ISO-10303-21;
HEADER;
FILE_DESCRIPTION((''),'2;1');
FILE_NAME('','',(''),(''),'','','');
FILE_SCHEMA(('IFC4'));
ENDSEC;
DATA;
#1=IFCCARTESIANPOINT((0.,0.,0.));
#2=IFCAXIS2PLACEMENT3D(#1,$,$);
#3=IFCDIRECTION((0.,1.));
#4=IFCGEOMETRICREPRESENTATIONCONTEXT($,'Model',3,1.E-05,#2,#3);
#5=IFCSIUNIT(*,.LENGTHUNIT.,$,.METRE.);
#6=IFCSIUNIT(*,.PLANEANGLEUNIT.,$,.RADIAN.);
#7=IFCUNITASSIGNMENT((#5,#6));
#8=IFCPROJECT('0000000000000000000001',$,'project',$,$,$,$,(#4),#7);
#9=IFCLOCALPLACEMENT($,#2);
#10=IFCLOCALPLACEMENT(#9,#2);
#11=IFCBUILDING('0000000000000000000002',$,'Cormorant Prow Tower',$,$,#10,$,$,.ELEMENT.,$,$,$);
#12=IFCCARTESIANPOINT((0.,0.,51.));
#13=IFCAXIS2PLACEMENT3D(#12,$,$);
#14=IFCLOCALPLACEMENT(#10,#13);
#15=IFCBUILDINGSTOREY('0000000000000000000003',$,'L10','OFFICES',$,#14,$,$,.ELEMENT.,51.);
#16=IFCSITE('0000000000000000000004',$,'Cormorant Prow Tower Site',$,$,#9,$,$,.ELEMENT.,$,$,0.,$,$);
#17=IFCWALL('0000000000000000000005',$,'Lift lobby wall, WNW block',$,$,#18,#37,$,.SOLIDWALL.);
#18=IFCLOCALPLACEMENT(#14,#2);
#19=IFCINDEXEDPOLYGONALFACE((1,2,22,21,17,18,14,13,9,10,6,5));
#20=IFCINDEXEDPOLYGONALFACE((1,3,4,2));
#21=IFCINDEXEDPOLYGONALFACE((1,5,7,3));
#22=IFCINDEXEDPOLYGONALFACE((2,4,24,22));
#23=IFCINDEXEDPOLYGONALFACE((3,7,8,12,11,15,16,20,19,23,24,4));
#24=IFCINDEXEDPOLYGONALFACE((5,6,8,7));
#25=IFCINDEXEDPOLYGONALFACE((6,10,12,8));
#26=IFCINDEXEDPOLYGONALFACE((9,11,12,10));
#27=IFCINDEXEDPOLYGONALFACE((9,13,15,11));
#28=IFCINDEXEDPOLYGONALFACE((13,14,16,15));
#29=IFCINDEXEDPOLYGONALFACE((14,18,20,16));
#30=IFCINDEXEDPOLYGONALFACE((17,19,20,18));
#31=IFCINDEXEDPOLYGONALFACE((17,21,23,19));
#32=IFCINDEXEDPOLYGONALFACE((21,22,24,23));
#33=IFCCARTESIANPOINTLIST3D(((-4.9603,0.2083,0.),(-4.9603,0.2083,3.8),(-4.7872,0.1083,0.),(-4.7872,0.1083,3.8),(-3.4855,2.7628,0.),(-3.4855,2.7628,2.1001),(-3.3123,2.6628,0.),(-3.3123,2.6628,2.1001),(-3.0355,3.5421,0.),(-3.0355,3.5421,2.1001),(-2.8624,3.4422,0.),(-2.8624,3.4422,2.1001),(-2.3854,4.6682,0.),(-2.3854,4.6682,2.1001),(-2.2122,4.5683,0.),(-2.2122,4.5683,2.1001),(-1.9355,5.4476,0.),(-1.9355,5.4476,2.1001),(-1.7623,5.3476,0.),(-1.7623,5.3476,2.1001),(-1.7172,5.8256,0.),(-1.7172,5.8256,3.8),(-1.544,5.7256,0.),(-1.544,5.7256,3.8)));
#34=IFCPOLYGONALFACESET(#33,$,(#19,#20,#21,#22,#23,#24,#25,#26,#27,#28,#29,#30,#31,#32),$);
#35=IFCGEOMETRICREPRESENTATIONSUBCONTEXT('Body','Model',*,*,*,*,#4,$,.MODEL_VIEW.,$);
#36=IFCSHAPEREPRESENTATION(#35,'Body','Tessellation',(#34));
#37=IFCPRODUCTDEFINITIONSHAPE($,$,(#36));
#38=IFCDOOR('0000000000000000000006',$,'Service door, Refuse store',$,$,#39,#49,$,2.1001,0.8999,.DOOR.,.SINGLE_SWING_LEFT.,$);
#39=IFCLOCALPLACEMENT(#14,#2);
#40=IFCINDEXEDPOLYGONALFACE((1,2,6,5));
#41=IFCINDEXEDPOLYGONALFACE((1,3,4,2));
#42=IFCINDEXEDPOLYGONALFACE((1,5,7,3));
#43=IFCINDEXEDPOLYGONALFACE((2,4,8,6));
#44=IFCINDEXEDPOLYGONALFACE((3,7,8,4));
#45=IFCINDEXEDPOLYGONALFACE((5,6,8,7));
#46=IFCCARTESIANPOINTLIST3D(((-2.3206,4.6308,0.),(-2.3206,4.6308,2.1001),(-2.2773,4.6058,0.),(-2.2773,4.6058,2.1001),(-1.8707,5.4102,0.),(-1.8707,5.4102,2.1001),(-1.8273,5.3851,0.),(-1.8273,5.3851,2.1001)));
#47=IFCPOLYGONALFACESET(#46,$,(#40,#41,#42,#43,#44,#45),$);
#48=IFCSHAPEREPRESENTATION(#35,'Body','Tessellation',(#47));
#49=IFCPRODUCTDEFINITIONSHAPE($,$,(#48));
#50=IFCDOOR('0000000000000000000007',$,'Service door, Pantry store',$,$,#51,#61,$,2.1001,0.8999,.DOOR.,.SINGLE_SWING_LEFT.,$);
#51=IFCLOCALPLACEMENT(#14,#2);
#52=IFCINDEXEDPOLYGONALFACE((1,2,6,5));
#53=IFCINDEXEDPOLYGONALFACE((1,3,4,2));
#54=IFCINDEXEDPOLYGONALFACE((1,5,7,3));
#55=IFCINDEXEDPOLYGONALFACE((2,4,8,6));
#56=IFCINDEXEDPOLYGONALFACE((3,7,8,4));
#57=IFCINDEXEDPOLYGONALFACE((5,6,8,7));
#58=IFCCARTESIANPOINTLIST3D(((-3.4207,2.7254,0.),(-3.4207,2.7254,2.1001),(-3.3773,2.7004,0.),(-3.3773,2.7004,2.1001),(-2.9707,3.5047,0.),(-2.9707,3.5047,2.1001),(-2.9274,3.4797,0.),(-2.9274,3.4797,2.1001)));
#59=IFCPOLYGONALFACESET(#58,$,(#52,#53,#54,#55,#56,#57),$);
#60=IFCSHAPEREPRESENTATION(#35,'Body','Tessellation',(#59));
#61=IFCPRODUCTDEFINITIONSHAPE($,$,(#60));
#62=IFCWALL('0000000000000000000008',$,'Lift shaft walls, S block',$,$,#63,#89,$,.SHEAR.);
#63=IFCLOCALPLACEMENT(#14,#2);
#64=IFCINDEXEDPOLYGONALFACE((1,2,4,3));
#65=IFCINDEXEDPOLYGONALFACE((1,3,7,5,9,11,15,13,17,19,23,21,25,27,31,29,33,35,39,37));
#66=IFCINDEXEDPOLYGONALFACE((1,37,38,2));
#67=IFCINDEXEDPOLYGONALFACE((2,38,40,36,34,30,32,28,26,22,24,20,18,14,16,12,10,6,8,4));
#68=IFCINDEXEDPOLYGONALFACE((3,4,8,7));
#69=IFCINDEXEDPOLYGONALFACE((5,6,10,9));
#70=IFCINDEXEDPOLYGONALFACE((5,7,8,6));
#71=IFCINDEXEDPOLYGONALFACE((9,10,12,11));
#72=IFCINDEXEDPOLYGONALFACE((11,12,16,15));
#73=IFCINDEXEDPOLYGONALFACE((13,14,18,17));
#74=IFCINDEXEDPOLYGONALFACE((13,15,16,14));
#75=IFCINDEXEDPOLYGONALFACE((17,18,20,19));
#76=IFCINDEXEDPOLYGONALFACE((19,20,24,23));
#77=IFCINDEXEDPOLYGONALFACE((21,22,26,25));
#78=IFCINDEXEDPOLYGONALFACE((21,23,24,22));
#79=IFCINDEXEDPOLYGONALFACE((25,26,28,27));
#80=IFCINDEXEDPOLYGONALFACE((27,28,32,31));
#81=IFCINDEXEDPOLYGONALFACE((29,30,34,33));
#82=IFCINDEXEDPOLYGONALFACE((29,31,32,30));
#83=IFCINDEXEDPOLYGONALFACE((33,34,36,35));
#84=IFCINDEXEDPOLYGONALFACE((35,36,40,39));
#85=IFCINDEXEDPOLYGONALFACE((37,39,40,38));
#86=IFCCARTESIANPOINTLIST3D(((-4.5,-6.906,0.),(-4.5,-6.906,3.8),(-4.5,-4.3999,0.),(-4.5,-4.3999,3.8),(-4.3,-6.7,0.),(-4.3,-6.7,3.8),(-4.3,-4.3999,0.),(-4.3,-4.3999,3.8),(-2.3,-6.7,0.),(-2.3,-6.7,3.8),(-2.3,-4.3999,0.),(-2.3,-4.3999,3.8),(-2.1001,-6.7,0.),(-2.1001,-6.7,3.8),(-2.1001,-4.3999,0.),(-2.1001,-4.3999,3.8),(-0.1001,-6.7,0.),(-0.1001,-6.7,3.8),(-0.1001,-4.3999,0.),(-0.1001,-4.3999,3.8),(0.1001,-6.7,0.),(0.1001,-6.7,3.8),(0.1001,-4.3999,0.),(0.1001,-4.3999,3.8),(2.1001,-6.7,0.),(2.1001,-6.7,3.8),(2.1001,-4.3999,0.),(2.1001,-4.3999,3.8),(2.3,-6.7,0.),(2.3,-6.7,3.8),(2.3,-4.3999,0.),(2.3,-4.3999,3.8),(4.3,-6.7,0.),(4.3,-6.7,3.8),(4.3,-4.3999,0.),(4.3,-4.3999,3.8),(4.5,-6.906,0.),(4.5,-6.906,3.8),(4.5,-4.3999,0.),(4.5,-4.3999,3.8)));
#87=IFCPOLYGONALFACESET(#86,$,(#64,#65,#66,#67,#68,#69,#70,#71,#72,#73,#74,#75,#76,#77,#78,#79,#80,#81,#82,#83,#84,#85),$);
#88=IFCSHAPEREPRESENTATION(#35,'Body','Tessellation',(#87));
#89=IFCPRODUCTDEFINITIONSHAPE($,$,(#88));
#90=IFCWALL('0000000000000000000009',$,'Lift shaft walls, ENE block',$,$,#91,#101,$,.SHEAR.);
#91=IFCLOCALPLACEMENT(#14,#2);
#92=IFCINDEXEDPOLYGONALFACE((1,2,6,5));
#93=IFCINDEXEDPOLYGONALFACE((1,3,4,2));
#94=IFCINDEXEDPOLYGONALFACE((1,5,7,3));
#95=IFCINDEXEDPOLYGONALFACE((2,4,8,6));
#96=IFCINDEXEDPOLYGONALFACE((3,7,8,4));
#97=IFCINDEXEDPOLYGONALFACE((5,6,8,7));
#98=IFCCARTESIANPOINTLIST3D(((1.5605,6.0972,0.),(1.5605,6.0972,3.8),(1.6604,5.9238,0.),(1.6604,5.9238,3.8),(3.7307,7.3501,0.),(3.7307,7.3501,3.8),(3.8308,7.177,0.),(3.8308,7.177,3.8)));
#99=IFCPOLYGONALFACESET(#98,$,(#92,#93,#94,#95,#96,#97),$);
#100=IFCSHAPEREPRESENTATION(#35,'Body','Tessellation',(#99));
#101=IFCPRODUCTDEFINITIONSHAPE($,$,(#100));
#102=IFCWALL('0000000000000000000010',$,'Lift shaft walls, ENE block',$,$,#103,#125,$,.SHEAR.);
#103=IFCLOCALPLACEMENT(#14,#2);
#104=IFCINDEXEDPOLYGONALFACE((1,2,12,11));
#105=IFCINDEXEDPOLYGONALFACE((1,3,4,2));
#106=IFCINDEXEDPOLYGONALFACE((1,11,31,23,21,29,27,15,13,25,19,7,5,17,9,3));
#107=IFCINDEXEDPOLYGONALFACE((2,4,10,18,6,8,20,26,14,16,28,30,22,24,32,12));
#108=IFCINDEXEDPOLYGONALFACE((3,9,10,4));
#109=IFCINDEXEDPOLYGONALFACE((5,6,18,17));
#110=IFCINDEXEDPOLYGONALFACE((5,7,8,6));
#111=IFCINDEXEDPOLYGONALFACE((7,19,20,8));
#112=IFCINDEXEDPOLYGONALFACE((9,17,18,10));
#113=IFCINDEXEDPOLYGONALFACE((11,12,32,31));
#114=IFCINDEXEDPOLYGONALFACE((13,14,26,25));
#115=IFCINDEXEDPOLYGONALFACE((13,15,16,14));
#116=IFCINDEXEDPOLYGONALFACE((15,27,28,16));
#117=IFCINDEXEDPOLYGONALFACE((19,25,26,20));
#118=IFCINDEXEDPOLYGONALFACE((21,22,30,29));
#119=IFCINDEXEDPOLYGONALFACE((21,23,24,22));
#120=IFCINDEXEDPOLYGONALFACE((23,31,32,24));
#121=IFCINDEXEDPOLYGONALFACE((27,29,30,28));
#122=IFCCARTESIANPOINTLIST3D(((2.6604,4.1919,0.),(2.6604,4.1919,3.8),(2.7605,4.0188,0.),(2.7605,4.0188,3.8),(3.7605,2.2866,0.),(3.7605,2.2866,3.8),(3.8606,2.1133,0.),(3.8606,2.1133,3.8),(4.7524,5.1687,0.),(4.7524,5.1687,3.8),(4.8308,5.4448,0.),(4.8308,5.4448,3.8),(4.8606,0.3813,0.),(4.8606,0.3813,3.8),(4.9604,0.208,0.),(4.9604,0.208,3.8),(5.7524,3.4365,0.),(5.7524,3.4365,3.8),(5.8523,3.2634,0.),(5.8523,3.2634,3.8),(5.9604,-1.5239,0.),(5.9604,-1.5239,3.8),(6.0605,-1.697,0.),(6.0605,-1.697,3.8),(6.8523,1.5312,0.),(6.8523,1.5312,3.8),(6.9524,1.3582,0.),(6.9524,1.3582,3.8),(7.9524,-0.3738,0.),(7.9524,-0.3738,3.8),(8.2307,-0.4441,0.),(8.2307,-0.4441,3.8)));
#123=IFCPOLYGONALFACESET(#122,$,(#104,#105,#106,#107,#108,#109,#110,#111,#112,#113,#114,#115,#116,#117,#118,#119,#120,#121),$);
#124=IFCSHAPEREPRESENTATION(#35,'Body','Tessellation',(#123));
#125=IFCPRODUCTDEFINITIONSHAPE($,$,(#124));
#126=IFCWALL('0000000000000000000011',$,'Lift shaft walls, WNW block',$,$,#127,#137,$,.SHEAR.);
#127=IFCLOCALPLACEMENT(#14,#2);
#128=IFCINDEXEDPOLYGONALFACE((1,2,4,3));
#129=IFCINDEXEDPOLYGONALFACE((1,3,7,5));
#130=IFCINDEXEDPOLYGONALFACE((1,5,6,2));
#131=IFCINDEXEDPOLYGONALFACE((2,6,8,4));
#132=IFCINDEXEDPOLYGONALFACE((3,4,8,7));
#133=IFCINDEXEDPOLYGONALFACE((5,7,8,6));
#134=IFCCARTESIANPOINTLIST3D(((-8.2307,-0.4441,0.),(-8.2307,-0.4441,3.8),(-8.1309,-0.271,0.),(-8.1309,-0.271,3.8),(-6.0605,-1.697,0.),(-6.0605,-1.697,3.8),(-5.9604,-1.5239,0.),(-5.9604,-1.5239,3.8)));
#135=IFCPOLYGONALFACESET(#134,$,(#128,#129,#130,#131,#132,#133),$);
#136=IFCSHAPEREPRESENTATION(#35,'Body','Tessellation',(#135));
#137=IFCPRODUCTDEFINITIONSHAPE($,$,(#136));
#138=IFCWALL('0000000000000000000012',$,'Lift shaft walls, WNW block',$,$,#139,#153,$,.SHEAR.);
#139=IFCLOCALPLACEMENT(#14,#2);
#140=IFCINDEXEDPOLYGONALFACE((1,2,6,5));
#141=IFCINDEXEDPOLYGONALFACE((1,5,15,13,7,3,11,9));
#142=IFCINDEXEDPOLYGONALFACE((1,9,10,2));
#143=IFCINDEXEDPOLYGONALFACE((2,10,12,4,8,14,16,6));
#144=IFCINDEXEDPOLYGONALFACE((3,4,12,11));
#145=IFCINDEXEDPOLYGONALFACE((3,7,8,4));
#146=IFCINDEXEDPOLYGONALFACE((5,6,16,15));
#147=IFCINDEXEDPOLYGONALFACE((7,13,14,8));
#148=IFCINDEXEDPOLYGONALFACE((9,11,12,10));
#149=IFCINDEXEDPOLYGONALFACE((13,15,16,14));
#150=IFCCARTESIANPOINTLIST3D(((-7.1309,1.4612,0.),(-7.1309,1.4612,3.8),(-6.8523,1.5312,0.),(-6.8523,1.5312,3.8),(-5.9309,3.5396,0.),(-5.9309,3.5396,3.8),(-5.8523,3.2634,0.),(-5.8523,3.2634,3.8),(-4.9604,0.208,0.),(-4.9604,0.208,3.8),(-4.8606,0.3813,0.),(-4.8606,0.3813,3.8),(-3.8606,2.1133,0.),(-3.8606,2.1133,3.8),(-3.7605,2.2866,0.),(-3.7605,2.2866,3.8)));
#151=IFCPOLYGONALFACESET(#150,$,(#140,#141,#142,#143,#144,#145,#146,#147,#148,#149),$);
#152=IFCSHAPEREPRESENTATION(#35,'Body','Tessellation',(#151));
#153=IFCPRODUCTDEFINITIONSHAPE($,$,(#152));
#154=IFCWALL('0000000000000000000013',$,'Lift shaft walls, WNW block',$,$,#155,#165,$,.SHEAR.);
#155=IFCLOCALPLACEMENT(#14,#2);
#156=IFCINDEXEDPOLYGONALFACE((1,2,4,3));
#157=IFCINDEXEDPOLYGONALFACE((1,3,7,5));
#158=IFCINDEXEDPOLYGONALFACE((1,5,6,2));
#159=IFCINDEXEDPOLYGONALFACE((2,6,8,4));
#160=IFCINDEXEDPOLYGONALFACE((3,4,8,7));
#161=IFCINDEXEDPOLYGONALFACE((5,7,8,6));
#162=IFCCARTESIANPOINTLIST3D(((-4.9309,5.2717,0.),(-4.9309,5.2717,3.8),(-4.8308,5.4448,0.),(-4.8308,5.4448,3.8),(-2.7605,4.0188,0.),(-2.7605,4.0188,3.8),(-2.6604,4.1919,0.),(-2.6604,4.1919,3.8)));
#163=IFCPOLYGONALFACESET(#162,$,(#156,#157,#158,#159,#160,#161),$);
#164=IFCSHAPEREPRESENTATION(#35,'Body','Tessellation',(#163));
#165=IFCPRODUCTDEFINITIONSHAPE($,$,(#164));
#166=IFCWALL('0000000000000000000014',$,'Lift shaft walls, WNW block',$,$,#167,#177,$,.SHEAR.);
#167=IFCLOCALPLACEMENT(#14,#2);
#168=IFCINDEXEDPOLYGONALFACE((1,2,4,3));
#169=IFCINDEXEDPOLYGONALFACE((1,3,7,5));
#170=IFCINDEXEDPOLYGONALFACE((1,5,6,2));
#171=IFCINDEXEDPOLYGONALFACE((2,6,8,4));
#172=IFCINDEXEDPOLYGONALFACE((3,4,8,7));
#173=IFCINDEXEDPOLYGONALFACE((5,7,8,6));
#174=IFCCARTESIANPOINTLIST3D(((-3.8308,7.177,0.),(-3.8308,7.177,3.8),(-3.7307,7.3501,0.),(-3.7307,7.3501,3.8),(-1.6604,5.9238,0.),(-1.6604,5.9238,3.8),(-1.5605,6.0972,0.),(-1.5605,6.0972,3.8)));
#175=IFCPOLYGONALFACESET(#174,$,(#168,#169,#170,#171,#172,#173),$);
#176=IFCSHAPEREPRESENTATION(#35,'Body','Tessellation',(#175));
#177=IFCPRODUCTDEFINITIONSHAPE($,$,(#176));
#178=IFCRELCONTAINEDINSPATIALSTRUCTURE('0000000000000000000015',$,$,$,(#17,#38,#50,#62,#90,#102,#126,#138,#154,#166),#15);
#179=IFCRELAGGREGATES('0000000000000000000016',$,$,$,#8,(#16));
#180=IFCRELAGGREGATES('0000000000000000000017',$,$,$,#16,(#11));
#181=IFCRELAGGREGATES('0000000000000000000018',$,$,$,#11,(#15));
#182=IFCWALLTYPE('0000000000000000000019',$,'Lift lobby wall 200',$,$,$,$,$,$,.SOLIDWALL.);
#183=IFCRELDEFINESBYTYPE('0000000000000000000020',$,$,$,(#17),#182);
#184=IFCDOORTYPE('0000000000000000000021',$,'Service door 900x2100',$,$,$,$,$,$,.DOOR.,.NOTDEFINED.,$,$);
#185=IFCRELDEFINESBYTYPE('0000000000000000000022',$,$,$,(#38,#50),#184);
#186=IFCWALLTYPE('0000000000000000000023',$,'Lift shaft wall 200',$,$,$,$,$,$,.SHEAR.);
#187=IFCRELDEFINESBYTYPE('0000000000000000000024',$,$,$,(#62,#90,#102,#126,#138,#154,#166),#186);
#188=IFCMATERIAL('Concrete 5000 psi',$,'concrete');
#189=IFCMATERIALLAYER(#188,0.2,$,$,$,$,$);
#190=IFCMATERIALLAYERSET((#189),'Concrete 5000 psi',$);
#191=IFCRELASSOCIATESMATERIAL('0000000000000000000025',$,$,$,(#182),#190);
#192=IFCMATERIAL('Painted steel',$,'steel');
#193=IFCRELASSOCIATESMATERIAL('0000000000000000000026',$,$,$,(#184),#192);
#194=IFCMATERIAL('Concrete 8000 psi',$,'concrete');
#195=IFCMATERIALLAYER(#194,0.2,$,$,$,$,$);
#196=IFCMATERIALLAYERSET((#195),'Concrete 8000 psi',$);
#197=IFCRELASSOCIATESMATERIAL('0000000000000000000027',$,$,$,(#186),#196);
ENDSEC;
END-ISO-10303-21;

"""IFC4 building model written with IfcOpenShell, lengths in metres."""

from ifc_helpers import new_model, si_unit, direction, frame, frame_2d, origin, place, context, subcontext, project, spatial, polyline, rectangle, outline, extrude, material, layer, layer_set, type_object, element, fill, save


model = new_model("IFC4")

# Units and contexts
model_context = context("Model", 3, precision=1e-05, world=origin(), true_north=direction((0.0, 1.0)))
body_context = subcontext(model_context, "Body", "Model", "MODEL_VIEW")
ifc_project = project(units=[si_unit("LENGTHUNIT", "METRE"), si_unit("PLANEANGLEUNIT", "RADIAN")], contexts=[model_context])

# Site, building, storey
site_placement = place(None, origin())
site = spatial("IfcSite", under=ifc_project, at=site_placement, Name="Cormorant Prow Tower Site", CompositionType="ELEMENT", RefElevation=0.0)
building_placement = place(site_placement, origin())
building = spatial("IfcBuilding", under=site, at=building_placement, Name="Cormorant Prow Tower", CompositionType="ELEMENT")
storey_placement = place(building_placement, frame((0.0, 0.0, 51.0)))
storey = spatial("IfcBuildingStorey", under=building, at=storey_placement, Name="L10", Description="OFFICES", CompositionType="ELEMENT", Elevation=51.0)

# Wall, openings, doors
ifc_material_1 = material(Name="Concrete 5000 psi", Category="concrete")
ifc_layer_1 = layer(ifc_material_1, 0.2)
ifc_layer_set_1 = layer_set([ifc_layer_1], Name="Concrete 5000 psi")
wall_type_1 = type_object("IfcWallType", Name="Lift lobby wall 200", PredefinedType="SOLIDWALL", material=ifc_layer_set_1)
wall_1_placement = place(storey_placement, frame((-1.6306, 5.7756, 0.0), z_axis=(0.0, 0.0, 1.0), x_axis=(-0.499993, -0.86603, 0.0)))
wall_1 = element("IfcWall", 1, at=wall_1_placement, inside=storey, type_object=wall_type_1, Name="Lift lobby wall, WNW block", PredefinedType="SOLIDWALL", context=body_context, shape_type="SweptSolid", body=[
    extrude(rectangle(XDim=6.4863, YDim=0.2, at=frame_2d((3.2432, 0.0))), origin(), (0.0, 0.0, 1.0), 3.8),
])
opening_1_placement = place(wall_1_placement, frame((0.4365, 0.0, 0.0)))
opening_1 = element("IfcOpeningElement", 2, at=opening_1_placement, cuts=wall_1, PredefinedType="OPENING", context=body_context, shape_type="SweptSolid", body=[
    extrude(rectangle(XDim=0.8999, YDim=2.1001, at=frame_2d((0.45, 1.05))), frame((0.0, 0.1099, 0.0), z_axis=(0.0, -1.0, 0.0), x_axis=(1.0, 0.0, 0.0)), (0.0, 0.0, 1.0), 0.22),
])
opening_2_placement = place(wall_1_placement, frame((2.6367, 0.0, 0.0)))
opening_2 = element("IfcOpeningElement", 3, at=opening_2_placement, cuts=wall_1, PredefinedType="OPENING", context=body_context, shape_type="SweptSolid", body=[
    extrude(rectangle(XDim=0.8999, YDim=2.1001, at=frame_2d((0.45, 1.05))), frame((0.0, 0.1099, 0.0), z_axis=(0.0, -1.0, 0.0), x_axis=(1.0, 0.0, 0.0)), (0.0, 0.0, 1.0), 0.22),
])
ifc_material_2 = material(Name="Painted steel", Category="steel")
door_type_1 = type_object("IfcDoorType", Name="Service door 900x2100", OperationType="NOTDEFINED", PredefinedType="DOOR", material=ifc_material_2)
door_1_placement = place(opening_1_placement, origin())
door_1 = element("IfcDoor", 4, at=door_1_placement, inside=storey, type_object=door_type_1, Name="Service door, Refuse store", OperationType="SINGLE_SWING_LEFT", OverallHeight=2.1001, OverallWidth=0.8999, PredefinedType="DOOR", context=body_context, shape_type="SweptSolid", body=[
    extrude(rectangle(XDim=0.8999, YDim=2.1001, at=frame_2d((0.45, 1.05))), frame((0.0, 0.0249, 0.0), z_axis=(0.0, -1.0, 0.0), x_axis=(1.0, 0.0, 0.0)), (0.0, 0.0, 1.0), 0.05),
])
fill(opening_1, door_1)
door_2_placement = place(opening_2_placement, origin())
door_2 = element("IfcDoor", 5, at=door_2_placement, inside=storey, type_object=door_type_1, Name="Service door, Pantry store", OperationType="SINGLE_SWING_LEFT", OverallHeight=2.1001, OverallWidth=0.8999, PredefinedType="DOOR", context=body_context, shape_type="SweptSolid", body=[
    extrude(rectangle(XDim=0.8999, YDim=2.1001, at=frame_2d((0.45, 1.05))), frame((0.0, 0.0249, 0.0), z_axis=(0.0, -1.0, 0.0), x_axis=(1.0, 0.0, 0.0)), (0.0, 0.0, 1.0), 0.05),
])
fill(opening_2, door_2)

# Walls
ifc_material_3 = material(Name="Concrete 8000 psi", Category="concrete")
ifc_layer_2 = layer(ifc_material_3, 0.2)
ifc_layer_set_2 = layer_set([ifc_layer_2], Name="Concrete 8000 psi")
wall_type_2 = type_object("IfcWallType", Name="Lift shaft wall 200", PredefinedType="SHEAR", material=ifc_layer_set_2)
wall_2_placement = place(storey_placement, origin())
element("IfcWall", 6, at=wall_2_placement, inside=storey, type_object=wall_type_2, Name="Lift shaft walls, S block", PredefinedType="SHEAR", context=body_context, shape_type="SweptSolid", body=[
    extrude(outline(polyline([(4.5, -4.3999), (4.5, -6.906), (-4.5, -6.906), (-4.5, -4.3999), (-4.3, -4.3999), (-4.3, -6.7), (-2.3, -6.7), (-2.3, -4.3999), (-2.1001, -4.3999), (-2.1001, -6.7), (-0.1001, -6.7), (-0.1001, -4.3999), (0.1001, -4.3999), (0.1001, -6.7), (2.1001, -6.7), (2.1001, -4.3999), (2.3, -4.3999), (2.3, -6.7), (4.3, -6.7), (4.3, -4.3999), (4.5, -4.3999)])), origin(), (0.0, 0.0, 1.0), 3.8),
])
wall_3_placement = place(storey_placement, origin())
element("IfcWall", 7, at=wall_3_placement, inside=storey, type_object=wall_type_2, Name="Lift shaft walls, ENE block", PredefinedType="SHEAR", context=body_context, shape_type="SweptSolid", body=[
    extrude(outline(polyline([(1.5605, 6.0972), (3.7307, 7.3501), (3.8308, 7.177), (1.6604, 5.9238), (1.5605, 6.0972)])), origin(), (0.0, 0.0, 1.0), 3.8),
])
wall_4_placement = place(storey_placement, origin())
element("IfcWall", 8, at=wall_4_placement, inside=storey, type_object=wall_type_2, Name="Lift shaft walls, ENE block", PredefinedType="SHEAR", context=body_context, shape_type="SweptSolid", body=[
    extrude(outline(polyline([(2.6604, 4.1919), (4.8308, 5.4448), (8.2307, -0.4441), (6.0605, -1.697), (5.9604, -1.5239), (7.9524, -0.3738), (6.9524, 1.3582), (4.9604, 0.208), (4.8606, 0.3813), (6.8523, 1.5312), (5.8523, 3.2634), (3.8606, 2.1133), (3.7605, 2.2866), (5.7524, 3.4365), (4.7524, 5.1687), (2.7605, 4.0188), (2.6604, 4.1919)])), origin(), (0.0, 0.0, 1.0), 3.8),
])
wall_5_placement = place(storey_placement, origin())
element("IfcWall", 9, at=wall_5_placement, inside=storey, type_object=wall_type_2, Name="Lift shaft walls, WNW block", PredefinedType="SHEAR", context=body_context, shape_type="SweptSolid", body=[
    extrude(outline(polyline([(-6.0605, -1.697), (-8.2307, -0.4441), (-8.1309, -0.271), (-5.9604, -1.5239), (-6.0605, -1.697)])), origin(), (0.0, 0.0, 1.0), 3.8),
])
wall_6_placement = place(storey_placement, origin())
element("IfcWall", 10, at=wall_6_placement, inside=storey, type_object=wall_type_2, Name="Lift shaft walls, WNW block", PredefinedType="SHEAR", context=body_context, shape_type="SweptSolid", body=[
    extrude(outline(polyline([(-4.9604, 0.208), (-7.1309, 1.4612), (-5.9309, 3.5396), (-3.7605, 2.2866), (-3.8606, 2.1133), (-5.8523, 3.2634), (-6.8523, 1.5312), (-4.8606, 0.3813), (-4.9604, 0.208)])), origin(), (0.0, 0.0, 1.0), 3.8),
])
wall_7_placement = place(storey_placement, origin())
element("IfcWall", 11, at=wall_7_placement, inside=storey, type_object=wall_type_2, Name="Lift shaft walls, WNW block", PredefinedType="SHEAR", context=body_context, shape_type="SweptSolid", body=[
    extrude(outline(polyline([(-2.7605, 4.0188), (-4.9309, 5.2717), (-4.8308, 5.4448), (-2.6604, 4.1919), (-2.7605, 4.0188)])), origin(), (0.0, 0.0, 1.0), 3.8),
])
wall_8_placement = place(storey_placement, origin())
element("IfcWall", 12, at=wall_8_placement, inside=storey, type_object=wall_type_2, Name="Lift shaft walls, WNW block", PredefinedType="SHEAR", context=body_context, shape_type="SweptSolid", body=[
    extrude(outline(polyline([(-3.7307, 7.3501), (-1.5605, 6.0972), (-1.6604, 5.9238), (-3.8308, 7.177), (-3.7307, 7.3501)])), origin(), (0.0, 0.0, 1.0), 3.8),
])

save(model, "model.ifc")
